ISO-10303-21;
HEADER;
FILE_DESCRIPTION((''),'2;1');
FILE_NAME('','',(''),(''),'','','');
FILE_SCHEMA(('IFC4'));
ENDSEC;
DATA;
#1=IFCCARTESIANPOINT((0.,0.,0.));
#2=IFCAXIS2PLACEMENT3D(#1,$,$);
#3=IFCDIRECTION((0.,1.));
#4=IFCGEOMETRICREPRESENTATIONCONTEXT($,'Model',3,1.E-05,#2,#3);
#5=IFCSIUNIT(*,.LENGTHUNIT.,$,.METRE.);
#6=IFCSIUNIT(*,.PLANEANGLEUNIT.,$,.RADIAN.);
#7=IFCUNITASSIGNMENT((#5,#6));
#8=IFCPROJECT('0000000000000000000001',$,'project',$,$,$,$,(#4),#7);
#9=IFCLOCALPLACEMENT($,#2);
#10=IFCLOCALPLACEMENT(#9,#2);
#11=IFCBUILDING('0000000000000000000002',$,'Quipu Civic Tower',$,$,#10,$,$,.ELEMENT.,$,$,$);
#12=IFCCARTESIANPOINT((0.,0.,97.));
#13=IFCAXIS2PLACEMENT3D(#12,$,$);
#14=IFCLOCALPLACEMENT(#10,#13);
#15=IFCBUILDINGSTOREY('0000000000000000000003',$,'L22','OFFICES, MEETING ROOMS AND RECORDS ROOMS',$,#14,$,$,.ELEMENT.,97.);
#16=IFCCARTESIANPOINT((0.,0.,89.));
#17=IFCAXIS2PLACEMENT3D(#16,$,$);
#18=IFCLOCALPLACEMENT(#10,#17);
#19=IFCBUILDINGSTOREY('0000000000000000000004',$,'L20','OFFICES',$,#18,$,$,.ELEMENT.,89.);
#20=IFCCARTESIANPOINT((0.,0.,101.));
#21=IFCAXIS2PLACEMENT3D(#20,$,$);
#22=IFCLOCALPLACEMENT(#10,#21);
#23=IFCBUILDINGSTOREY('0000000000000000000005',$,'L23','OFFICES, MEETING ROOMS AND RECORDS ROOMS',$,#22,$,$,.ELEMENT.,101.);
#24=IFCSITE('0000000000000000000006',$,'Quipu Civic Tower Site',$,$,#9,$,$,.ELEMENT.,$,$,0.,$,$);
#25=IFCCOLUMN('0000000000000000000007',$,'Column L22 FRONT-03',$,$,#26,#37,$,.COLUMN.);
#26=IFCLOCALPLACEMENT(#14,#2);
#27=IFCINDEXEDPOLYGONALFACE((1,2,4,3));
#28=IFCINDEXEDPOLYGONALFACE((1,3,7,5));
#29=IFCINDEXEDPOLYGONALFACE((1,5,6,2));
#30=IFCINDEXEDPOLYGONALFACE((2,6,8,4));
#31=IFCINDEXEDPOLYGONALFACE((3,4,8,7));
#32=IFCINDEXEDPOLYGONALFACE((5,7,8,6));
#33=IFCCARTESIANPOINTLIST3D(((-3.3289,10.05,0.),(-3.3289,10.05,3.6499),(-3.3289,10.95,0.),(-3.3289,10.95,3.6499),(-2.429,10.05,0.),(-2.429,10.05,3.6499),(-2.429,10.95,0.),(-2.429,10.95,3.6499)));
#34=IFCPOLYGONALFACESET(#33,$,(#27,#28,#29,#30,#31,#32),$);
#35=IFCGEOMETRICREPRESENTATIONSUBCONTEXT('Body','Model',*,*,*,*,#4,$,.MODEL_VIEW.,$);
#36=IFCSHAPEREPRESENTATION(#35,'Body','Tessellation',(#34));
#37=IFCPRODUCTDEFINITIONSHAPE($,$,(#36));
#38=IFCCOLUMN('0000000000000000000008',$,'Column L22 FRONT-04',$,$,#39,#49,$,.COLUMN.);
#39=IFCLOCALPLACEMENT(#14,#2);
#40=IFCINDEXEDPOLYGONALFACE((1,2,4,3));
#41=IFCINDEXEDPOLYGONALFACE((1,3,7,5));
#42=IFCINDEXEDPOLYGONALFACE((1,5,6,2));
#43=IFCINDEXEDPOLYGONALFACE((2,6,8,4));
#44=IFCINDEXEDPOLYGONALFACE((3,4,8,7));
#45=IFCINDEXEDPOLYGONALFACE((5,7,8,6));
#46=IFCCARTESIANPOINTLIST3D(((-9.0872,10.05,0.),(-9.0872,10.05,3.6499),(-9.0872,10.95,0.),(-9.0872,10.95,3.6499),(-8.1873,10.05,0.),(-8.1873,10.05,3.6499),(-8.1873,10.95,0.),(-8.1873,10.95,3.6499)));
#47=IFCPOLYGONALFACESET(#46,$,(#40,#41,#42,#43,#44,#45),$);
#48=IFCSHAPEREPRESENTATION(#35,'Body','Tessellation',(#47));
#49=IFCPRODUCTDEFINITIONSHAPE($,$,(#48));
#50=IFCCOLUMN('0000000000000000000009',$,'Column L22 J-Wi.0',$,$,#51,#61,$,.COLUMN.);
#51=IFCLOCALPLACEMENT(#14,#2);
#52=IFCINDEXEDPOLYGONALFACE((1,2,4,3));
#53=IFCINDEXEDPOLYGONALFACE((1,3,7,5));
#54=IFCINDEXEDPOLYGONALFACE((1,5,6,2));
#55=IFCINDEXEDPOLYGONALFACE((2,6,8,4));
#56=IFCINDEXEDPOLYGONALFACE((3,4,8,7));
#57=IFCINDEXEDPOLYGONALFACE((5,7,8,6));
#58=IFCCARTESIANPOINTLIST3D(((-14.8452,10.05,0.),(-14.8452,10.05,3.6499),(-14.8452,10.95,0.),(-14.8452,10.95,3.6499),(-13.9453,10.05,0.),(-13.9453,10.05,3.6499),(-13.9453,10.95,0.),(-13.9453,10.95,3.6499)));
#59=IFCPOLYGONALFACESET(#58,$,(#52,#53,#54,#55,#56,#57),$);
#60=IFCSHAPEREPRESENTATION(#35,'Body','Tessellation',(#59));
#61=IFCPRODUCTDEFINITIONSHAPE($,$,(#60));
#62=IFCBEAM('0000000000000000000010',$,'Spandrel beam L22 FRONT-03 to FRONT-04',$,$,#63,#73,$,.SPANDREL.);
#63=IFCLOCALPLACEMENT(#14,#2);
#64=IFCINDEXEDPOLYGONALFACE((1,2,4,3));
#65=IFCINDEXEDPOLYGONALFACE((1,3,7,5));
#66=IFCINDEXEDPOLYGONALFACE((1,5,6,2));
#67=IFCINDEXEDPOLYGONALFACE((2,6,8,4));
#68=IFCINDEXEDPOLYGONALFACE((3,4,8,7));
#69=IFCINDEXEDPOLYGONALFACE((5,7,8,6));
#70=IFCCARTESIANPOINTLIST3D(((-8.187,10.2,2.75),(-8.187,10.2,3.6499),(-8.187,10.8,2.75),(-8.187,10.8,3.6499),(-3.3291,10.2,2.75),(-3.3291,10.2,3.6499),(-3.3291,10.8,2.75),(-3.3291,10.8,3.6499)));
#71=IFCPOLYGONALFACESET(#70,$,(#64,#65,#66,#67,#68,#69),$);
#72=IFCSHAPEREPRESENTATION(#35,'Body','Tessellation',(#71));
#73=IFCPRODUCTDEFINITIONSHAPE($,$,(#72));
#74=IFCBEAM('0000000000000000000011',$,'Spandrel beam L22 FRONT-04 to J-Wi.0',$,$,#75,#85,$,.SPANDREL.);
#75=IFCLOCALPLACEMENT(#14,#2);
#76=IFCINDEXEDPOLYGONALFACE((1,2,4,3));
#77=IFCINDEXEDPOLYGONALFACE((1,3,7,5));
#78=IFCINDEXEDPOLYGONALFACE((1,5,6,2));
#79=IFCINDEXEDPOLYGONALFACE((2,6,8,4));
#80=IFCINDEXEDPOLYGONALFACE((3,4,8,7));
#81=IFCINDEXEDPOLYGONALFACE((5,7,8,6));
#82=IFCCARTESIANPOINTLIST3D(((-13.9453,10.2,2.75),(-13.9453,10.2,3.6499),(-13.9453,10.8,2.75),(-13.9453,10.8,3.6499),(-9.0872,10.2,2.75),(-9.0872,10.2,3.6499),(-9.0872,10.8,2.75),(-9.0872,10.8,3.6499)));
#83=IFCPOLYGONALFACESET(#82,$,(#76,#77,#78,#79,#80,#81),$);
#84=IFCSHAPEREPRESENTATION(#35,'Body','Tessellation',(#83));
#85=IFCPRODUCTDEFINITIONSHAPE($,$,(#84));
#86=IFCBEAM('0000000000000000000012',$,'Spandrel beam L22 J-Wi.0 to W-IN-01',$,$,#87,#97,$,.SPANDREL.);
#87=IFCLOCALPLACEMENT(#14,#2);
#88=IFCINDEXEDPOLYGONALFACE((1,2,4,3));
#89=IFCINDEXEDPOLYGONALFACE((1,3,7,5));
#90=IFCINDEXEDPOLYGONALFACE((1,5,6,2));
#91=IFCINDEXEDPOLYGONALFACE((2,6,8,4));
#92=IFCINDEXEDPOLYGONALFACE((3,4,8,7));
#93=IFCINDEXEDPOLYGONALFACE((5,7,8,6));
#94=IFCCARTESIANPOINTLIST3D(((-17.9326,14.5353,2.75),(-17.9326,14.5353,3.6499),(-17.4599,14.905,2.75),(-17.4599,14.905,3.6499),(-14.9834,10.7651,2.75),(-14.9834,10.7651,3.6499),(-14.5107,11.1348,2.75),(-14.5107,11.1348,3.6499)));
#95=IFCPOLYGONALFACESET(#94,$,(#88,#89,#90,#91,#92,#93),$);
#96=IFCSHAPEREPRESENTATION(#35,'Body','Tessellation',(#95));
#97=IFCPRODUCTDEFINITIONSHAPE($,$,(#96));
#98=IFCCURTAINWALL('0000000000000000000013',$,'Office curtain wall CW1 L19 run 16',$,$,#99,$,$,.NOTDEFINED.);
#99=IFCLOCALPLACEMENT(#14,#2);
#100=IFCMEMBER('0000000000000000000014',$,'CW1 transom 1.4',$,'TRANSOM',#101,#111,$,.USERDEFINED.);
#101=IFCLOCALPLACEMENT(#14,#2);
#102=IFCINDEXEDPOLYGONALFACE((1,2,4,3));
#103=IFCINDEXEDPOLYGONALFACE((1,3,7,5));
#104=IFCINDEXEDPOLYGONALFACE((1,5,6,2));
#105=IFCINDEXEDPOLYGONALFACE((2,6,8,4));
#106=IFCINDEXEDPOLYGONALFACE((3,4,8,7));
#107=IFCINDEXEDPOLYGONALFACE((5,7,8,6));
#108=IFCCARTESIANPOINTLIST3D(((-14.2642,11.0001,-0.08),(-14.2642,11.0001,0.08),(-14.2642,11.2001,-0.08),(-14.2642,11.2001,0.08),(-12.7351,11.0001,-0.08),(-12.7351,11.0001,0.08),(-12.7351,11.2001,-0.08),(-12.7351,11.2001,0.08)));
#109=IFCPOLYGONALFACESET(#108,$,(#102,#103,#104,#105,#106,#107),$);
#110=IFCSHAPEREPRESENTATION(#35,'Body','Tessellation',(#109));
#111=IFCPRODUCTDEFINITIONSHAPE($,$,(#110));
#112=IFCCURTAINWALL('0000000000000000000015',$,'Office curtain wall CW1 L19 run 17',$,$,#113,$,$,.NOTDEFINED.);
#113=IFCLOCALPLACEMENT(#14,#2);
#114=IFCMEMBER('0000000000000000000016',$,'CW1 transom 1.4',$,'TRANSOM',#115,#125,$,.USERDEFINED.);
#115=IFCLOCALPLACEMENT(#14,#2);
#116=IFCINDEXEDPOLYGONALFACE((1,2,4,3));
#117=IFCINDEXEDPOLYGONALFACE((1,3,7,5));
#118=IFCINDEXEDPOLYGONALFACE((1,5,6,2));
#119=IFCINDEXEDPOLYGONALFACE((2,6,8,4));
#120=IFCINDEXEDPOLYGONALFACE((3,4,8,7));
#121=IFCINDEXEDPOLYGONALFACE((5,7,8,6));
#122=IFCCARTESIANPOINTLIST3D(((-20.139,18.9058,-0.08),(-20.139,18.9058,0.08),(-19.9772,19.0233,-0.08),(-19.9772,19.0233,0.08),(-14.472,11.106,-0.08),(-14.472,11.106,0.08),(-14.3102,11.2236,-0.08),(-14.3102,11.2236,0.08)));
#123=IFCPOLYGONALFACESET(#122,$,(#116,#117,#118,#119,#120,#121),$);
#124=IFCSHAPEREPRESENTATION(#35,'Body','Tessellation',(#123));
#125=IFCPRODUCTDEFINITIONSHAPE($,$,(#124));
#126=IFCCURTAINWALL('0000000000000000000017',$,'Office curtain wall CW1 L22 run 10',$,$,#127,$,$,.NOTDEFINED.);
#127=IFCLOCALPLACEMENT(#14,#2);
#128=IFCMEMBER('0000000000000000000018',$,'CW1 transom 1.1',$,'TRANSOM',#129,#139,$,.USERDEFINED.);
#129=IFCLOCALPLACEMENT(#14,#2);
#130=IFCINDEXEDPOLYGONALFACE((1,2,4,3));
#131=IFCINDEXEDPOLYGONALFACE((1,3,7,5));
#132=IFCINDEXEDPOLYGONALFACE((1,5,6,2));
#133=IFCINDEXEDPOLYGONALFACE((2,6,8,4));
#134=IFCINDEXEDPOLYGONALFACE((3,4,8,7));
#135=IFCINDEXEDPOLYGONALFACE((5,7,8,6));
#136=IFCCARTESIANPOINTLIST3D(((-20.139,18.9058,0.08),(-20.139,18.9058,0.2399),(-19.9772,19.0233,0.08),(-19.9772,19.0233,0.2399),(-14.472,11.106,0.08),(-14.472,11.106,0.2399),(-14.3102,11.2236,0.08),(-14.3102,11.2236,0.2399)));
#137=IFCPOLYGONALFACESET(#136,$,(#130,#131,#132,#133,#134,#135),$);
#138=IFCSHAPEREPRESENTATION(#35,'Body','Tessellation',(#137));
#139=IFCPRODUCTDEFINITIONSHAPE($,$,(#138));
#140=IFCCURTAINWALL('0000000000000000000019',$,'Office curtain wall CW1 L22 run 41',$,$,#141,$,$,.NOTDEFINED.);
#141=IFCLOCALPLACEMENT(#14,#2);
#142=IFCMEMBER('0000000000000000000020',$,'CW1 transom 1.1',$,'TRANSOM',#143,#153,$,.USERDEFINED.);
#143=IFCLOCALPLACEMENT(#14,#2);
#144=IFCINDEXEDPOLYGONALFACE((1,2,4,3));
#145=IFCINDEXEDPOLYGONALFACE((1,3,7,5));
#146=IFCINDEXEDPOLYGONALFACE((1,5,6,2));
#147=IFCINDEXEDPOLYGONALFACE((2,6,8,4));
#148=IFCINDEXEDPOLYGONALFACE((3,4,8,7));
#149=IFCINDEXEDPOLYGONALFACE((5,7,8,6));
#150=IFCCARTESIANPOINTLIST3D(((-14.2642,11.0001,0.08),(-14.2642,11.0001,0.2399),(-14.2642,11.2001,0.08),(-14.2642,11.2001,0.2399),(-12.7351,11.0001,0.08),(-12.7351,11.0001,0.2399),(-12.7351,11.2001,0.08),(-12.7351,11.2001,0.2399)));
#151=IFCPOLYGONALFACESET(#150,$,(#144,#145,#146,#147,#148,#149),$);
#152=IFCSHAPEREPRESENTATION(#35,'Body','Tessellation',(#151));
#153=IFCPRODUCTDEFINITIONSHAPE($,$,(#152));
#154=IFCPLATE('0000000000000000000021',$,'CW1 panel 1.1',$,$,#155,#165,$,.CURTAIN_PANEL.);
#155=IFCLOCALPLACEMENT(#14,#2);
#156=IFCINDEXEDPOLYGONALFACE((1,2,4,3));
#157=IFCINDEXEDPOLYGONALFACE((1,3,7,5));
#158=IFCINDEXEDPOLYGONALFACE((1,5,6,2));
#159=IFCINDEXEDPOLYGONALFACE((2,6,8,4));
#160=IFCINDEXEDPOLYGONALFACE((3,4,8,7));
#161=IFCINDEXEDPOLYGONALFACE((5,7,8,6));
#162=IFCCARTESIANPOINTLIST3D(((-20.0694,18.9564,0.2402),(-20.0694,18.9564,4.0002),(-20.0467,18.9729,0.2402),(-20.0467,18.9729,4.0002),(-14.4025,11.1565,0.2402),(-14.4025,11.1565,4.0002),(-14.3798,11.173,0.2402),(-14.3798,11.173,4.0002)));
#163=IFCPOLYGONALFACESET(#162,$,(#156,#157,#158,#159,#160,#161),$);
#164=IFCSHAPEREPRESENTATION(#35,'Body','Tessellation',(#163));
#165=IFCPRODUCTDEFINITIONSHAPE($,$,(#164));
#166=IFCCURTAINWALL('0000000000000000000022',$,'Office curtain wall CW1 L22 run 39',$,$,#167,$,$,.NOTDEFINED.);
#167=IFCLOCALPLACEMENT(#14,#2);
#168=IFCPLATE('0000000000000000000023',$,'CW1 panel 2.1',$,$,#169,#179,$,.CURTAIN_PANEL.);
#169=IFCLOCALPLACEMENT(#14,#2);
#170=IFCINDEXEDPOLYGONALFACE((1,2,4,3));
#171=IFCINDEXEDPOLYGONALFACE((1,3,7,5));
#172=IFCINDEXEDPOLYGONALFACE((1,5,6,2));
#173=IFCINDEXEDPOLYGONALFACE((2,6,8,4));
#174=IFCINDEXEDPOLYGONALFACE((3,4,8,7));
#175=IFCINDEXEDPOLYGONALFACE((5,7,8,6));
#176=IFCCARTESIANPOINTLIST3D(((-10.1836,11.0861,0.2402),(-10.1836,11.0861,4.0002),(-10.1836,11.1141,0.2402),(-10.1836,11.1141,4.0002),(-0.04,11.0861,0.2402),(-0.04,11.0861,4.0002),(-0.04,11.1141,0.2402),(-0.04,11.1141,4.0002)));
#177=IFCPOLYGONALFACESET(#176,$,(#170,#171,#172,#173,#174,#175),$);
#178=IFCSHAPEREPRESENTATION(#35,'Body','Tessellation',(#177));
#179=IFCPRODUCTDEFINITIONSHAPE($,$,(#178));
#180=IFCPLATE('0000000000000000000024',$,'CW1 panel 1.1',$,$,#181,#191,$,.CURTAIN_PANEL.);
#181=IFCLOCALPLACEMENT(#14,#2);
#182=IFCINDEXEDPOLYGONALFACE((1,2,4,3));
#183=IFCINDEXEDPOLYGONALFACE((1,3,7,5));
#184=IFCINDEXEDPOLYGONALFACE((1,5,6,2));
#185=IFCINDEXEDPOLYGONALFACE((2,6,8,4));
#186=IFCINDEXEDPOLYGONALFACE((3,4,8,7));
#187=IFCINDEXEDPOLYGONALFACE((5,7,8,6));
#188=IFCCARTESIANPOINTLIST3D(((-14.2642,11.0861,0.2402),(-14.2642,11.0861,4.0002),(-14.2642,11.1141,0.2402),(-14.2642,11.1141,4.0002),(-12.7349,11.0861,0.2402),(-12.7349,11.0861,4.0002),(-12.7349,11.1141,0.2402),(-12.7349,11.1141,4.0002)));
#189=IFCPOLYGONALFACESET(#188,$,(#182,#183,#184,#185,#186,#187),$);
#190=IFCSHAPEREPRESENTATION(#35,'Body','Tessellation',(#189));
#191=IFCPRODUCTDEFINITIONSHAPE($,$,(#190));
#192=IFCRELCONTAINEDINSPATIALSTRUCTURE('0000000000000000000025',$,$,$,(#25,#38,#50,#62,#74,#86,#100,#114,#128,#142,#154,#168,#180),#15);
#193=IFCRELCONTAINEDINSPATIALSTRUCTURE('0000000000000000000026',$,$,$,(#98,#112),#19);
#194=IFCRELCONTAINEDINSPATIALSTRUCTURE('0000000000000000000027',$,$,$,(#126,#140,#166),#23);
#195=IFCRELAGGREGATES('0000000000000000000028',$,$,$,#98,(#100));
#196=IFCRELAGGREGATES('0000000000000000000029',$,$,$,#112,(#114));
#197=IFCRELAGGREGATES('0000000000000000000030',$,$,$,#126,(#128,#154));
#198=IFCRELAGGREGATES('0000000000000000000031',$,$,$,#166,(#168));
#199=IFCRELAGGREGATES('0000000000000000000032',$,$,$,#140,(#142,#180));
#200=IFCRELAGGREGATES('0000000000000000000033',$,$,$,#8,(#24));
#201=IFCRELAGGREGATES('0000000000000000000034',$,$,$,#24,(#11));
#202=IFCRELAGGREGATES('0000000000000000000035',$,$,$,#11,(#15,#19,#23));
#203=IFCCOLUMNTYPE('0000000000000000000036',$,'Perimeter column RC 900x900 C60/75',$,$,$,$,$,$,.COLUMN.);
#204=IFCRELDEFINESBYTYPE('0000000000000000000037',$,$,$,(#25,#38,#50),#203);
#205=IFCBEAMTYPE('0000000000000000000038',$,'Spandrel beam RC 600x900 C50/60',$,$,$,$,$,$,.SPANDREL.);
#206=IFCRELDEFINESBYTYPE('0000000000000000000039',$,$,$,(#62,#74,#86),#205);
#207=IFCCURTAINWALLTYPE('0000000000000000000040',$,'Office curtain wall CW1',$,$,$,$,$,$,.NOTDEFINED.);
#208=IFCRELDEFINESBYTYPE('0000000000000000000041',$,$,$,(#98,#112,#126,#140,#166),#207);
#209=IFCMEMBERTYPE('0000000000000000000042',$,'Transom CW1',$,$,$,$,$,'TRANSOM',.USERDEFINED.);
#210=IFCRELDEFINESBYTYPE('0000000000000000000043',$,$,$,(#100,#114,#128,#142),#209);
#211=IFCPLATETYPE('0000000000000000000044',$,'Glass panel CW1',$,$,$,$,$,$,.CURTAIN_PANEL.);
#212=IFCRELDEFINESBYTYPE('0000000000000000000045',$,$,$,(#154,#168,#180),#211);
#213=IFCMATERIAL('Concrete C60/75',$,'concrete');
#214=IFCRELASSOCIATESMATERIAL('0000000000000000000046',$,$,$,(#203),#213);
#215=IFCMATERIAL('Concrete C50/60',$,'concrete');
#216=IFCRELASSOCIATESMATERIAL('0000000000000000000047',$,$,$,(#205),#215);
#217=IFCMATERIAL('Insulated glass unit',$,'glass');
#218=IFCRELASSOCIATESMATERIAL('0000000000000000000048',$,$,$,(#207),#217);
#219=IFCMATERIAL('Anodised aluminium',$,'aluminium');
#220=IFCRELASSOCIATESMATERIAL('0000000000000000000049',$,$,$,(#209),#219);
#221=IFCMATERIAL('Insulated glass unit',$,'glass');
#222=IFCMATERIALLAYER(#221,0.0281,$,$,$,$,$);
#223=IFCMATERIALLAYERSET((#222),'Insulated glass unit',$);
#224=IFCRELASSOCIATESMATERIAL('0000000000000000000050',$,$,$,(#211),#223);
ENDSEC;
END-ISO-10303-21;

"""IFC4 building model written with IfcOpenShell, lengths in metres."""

from ifc_helpers import new_model, si_unit, direction, frame, origin, origin_2d, place, context, subcontext, project, spatial, rectangle, extrude, material, layer, layer_set, material_profile, profile_set, type_object, element, aggregate, save


model = new_model("IFC4")

# Units and contexts
model_context = context("Model", 3, precision=1e-05, world=origin(), true_north=direction((0.0, 1.0)))
body_context = subcontext(model_context, "Body", "Model", "MODEL_VIEW")
ifc_project = project(units=[si_unit("LENGTHUNIT", "METRE"), si_unit("PLANEANGLEUNIT", "RADIAN")], contexts=[model_context])

# Site, building, storey
site_placement = place(None, origin())
site = spatial("IfcSite", under=ifc_project, at=site_placement, Name="Quipu Civic Tower Site", CompositionType="ELEMENT", RefElevation=0.0)
building_placement = place(site_placement, origin())
building = spatial("IfcBuilding", under=site, at=building_placement, Name="Quipu Civic Tower", CompositionType="ELEMENT")
storey_1_placement = place(building_placement, frame((0.0, 0.0, 97.0)))
storey_1 = spatial("IfcBuildingStorey", under=building, at=storey_1_placement, Name="L22", Description="OFFICES, MEETING ROOMS AND RECORDS ROOMS", CompositionType="ELEMENT", Elevation=97.0)

# Columns
ifc_material_1 = material(Name="Concrete C60/75", Category="concrete")
ifc_material_profile_1 = material_profile(ifc_material_1, rectangle(XDim=0.8999, YDim=0.8999, at=origin_2d()), Name="RC900x900")
ifc_profile_set_1 = profile_set([ifc_material_profile_1], Name="Concrete C60/75")
column_type = type_object("IfcColumnType", Name="Perimeter column RC 900x900 C60/75", PredefinedType="COLUMN", material=ifc_profile_set_1)
for number, where, z_axis, x_axis, name in (
    (1, (-2.8789, 10.5, 0.0), (0.0, 0.0, 1.0), (-1.0, 0.0, 0.0), "Column L22 FRONT-03"),
    (2, (-8.6372, 10.5, 0.0), (0.0, 0.0, 1.0), (-1.0, 0.0, 0.0), "Column L22 FRONT-04"),
    (3, (-14.3953, 10.5, 0.0), (0.0, 0.0, 1.0), (-1.0, 0.0, 0.0), "Column L22 J-Wi.0"),
):
    element("IfcColumn", number, at=place(storey_1_placement, frame(where, z_axis=z_axis, x_axis=x_axis)), inside=storey_1, type_object=column_type, Name=name, PredefinedType="COLUMN", context=body_context, shape_type="SweptSolid", body=[
        extrude(rectangle(XDim=0.8999, YDim=0.8999, at=origin_2d()), origin(), (0.0, 0.0, 1.0), 3.6499),
    ])

# Beams
ifc_material_2 = material(Name="Concrete C50/60", Category="concrete")
ifc_material_profile_2 = material_profile(ifc_material_2, rectangle(XDim=0.6001, YDim=0.8999, at=origin_2d()), Name="RC600x900")
ifc_profile_set_2 = profile_set([ifc_material_profile_2], Name="Concrete C50/60")
beam_type = type_object("IfcBeamType", Name="Spandrel beam RC 600x900 C50/60", PredefinedType="SPANDREL", material=ifc_profile_set_2)
beam_1_placement = place(storey_1_placement, frame((-3.3291, 10.5, 3.2), z_axis=(-1.0, 0.0, 0.0), x_axis=(0.0, -1.0, 0.0)))
element("IfcBeam", 4, at=beam_1_placement, inside=storey_1, type_object=beam_type, Name="Spandrel beam L22 FRONT-03 to FRONT-04", PredefinedType="SPANDREL", context=body_context, shape_type="SweptSolid", body=[
    extrude(rectangle(XDim=0.6001, YDim=0.8999, at=origin_2d()), origin(), (0.0, 0.0, 1.0), 4.8579),
])
beam_2_placement = place(storey_1_placement, frame((-9.0872, 10.5, 3.2), z_axis=(-1.0, 0.0, 0.0), x_axis=(0.0, -1.0, 0.0)))
element("IfcBeam", 5, at=beam_2_placement, inside=storey_1, type_object=beam_type, Name="Spandrel beam L22 FRONT-04 to J-Wi.0", PredefinedType="SPANDREL", context=body_context, shape_type="SweptSolid", body=[
    extrude(rectangle(XDim=0.6001, YDim=0.8999, at=origin_2d()), origin(), (0.0, 0.0, 1.0), 4.8582),
])
beam_3_placement = place(storey_1_placement, frame((-14.7471, 10.95, 3.2), z_axis=(-0.616124, 0.787649, 0.0), x_axis=(-0.787649, -0.616124, 0.0)))
element("IfcBeam", 6, at=beam_3_placement, inside=storey_1, type_object=beam_type, Name="Spandrel beam L22 J-Wi.0 to W-IN-01", PredefinedType="SPANDREL", context=body_context, shape_type="SweptSolid", body=[
    extrude(rectangle(XDim=0.6001, YDim=0.8999, at=origin_2d()), origin(), (0.0, 0.0, 1.0), 4.7866),
])

# Shared definitions
storey_2_placement = place(building_placement, frame((0.0, 0.0, 89.0)))
storey_2 = spatial("IfcBuildingStorey", under=building, at=storey_2_placement, Name="L20", Description="OFFICES", CompositionType="ELEMENT", Elevation=89.0)

# Curtain walls, members
ifc_material_3 = material(Name="Insulated glass unit", Category="glass")
curtain_wall_type = type_object("IfcCurtainWallType", Name="Office curtain wall CW1", PredefinedType="NOTDEFINED", material=ifc_material_3)
curtain_wall_1_placement = place(storey_2_placement, origin())
curtain_wall_1 = element("IfcCurtainWall", 7, at=curtain_wall_1_placement, inside=storey_2, type_object=curtain_wall_type, Name="Office curtain wall CW1 L19 run 16", PredefinedType="NOTDEFINED")
ifc_material_4 = material(Name="Anodised aluminium", Category="aluminium")
ifc_material_profile_3 = material_profile(ifc_material_4, rectangle(XDim=0.2, YDim=0.1599, at=origin_2d()), Name="RECT 200x160")
ifc_profile_set_3 = profile_set([ifc_material_profile_3], Name="Anodised aluminium")
member_type = type_object("IfcMemberType", Name="Transom CW1", ElementType="TRANSOM", PredefinedType="USERDEFINED", material=ifc_profile_set_3)
member_1_placement = place(storey_1_placement, frame((-12.7351, 11.1001, 0.0), z_axis=(-1.0, 0.0, 0.0), x_axis=(0.0, -1.0, 0.0)))
member_1 = element("IfcMember", 8, at=member_1_placement, inside=storey_1, type_object=member_type, Name="CW1 transom 1.4", ObjectType="TRANSOM", PredefinedType="USERDEFINED", context=body_context, shape_type="SweptSolid", body=[
    extrude(rectangle(XDim=0.2, YDim=0.1599, at=origin_2d()), origin(), (0.0, 0.0, 1.0), 1.5291),
])
aggregate(curtain_wall_1, [member_1])
curtain_wall_2_placement = place(storey_2_placement, origin())
curtain_wall_2 = element("IfcCurtainWall", 9, at=curtain_wall_2_placement, inside=storey_2, type_object=curtain_wall_type, Name="Office curtain wall CW1 L19 run 17", PredefinedType="NOTDEFINED")
member_2_placement = place(storey_1_placement, frame((-14.3911, 11.1648, 0.0), z_axis=(-0.587792, 0.809012, 0.0), x_axis=(-0.809012, -0.587792, 0.0)))
member_2 = element("IfcMember", 10, at=member_2_placement, inside=storey_1, type_object=member_type, Name="CW1 transom 1.4", ObjectType="TRANSOM", PredefinedType="USERDEFINED", context=body_context, shape_type="SweptSolid", body=[
    extrude(rectangle(XDim=0.2, YDim=0.1599, at=origin_2d()), origin(), (0.0, 0.0, 1.0), 9.6411),
])
aggregate(curtain_wall_2, [member_2])

# Shared definitions
storey_3_placement = place(building_placement, frame((0.0, 0.0, 101.0)))
storey_3 = spatial("IfcBuildingStorey", under=building, at=storey_3_placement, Name="L23", Description="OFFICES, MEETING ROOMS AND RECORDS ROOMS", CompositionType="ELEMENT", Elevation=101.0)

# Curtain walls, members
curtain_wall_3_placement = place(storey_3_placement, origin())
curtain_wall_3 = element("IfcCurtainWall", 11, at=curtain_wall_3_placement, inside=storey_3, type_object=curtain_wall_type, Name="Office curtain wall CW1 L22 run 10", PredefinedType="NOTDEFINED")
member_3_placement = place(storey_1_placement, frame((-14.3911, 11.1648, 0.1599), z_axis=(-0.587792, 0.809012, 0.0), x_axis=(-0.809012, -0.587792, 0.0)))
member_3 = element("IfcMember", 12, at=member_3_placement, inside=storey_1, type_object=member_type, Name="CW1 transom 1.1", ObjectType="TRANSOM", PredefinedType="USERDEFINED", context=body_context, shape_type="SweptSolid", body=[
    extrude(rectangle(XDim=0.2, YDim=0.1599, at=origin_2d()), origin(), (0.0, 0.0, 1.0), 9.6411),
])
curtain_wall_4_placement = place(storey_3_placement, origin())
curtain_wall_4 = element("IfcCurtainWall", 13, at=curtain_wall_4_placement, inside=storey_3, type_object=curtain_wall_type, Name="Office curtain wall CW1 L22 run 41", PredefinedType="NOTDEFINED")
member_4_placement = place(storey_1_placement, frame((-12.7351, 11.1001, 0.1599), z_axis=(-1.0, 0.0, 0.0), x_axis=(0.0, -1.0, 0.0)))
member_4 = element("IfcMember", 14, at=member_4_placement, inside=storey_1, type_object=member_type, Name="CW1 transom 1.1", ObjectType="TRANSOM", PredefinedType="USERDEFINED", context=body_context, shape_type="SweptSolid", body=[
    extrude(rectangle(XDim=0.2, YDim=0.1599, at=origin_2d()), origin(), (0.0, 0.0, 1.0), 1.5291),
])

# Plate
ifc_material_5 = material(Name="Insulated glass unit", Category="glass")
ifc_layer_1 = layer(ifc_material_5, 0.0281)
ifc_layer_set_1 = layer_set([ifc_layer_1], Name="Insulated glass unit")
plate_type_1 = type_object("IfcPlateType", Name="Glass panel CW1", PredefinedType="CURTAIN_PANEL", material=ifc_layer_set_1)
plate_1_placement = place(storey_1_placement, frame((-17.2246, 15.0647, 0.2402), z_axis=(0.0, 0.0, 1.0), x_axis=(-0.587786, 0.809017, 0.0)))
plate_1 = element("IfcPlate", 15, at=plate_1_placement, inside=storey_1, type_object=plate_type_1, Name="CW1 panel 1.1", PredefinedType="CURTAIN_PANEL", context=body_context, shape_type="SweptSolid", body=[
    extrude(rectangle(XDim=9.6411, YDim=0.0281, at=origin_2d()), origin(), (0.0, 0.0, 1.0), 3.76),
])
aggregate(curtain_wall_3, [member_3, plate_1])

# Curtain wall, plate
curtain_wall_5_placement = place(storey_3_placement, origin())
curtain_wall_5 = element("IfcCurtainWall", 16, at=curtain_wall_5_placement, inside=storey_3, type_object=curtain_wall_type, Name="Office curtain wall CW1 L22 run 39", PredefinedType="NOTDEFINED")
plate_2_placement = place(storey_1_placement, frame((-5.1118, 11.1001, 0.2402), z_axis=(0.0, 0.0, 1.0), x_axis=(-1.0, 0.0, 0.0)))
plate_2 = element("IfcPlate", 17, at=plate_2_placement, inside=storey_1, type_object=plate_type_1, Name="CW1 panel 2.1", PredefinedType="CURTAIN_PANEL", context=body_context, shape_type="SweptSolid", body=[
    extrude(rectangle(XDim=10.1436, YDim=0.0281, at=origin_2d()), origin(), (0.0, 0.0, 1.0), 3.76),
])
aggregate(curtain_wall_5, [plate_2])

# Plate
plate_3_placement = place(storey_1_placement, frame((-13.4995, 11.1001, 0.2402), z_axis=(0.0, 0.0, 1.0), x_axis=(-1.0, 0.0, 0.0)))
plate_3 = element("IfcPlate", 18, at=plate_3_placement, inside=storey_1, type_object=plate_type_1, Name="CW1 panel 1.1", PredefinedType="CURTAIN_PANEL", context=body_context, shape_type="SweptSolid", body=[
    extrude(rectangle(XDim=1.5293, YDim=0.0281, at=origin_2d()), origin(), (0.0, 0.0, 1.0), 3.76),
])
aggregate(curtain_wall_4, [member_4, plate_3])

save(model, "model.ifc")
